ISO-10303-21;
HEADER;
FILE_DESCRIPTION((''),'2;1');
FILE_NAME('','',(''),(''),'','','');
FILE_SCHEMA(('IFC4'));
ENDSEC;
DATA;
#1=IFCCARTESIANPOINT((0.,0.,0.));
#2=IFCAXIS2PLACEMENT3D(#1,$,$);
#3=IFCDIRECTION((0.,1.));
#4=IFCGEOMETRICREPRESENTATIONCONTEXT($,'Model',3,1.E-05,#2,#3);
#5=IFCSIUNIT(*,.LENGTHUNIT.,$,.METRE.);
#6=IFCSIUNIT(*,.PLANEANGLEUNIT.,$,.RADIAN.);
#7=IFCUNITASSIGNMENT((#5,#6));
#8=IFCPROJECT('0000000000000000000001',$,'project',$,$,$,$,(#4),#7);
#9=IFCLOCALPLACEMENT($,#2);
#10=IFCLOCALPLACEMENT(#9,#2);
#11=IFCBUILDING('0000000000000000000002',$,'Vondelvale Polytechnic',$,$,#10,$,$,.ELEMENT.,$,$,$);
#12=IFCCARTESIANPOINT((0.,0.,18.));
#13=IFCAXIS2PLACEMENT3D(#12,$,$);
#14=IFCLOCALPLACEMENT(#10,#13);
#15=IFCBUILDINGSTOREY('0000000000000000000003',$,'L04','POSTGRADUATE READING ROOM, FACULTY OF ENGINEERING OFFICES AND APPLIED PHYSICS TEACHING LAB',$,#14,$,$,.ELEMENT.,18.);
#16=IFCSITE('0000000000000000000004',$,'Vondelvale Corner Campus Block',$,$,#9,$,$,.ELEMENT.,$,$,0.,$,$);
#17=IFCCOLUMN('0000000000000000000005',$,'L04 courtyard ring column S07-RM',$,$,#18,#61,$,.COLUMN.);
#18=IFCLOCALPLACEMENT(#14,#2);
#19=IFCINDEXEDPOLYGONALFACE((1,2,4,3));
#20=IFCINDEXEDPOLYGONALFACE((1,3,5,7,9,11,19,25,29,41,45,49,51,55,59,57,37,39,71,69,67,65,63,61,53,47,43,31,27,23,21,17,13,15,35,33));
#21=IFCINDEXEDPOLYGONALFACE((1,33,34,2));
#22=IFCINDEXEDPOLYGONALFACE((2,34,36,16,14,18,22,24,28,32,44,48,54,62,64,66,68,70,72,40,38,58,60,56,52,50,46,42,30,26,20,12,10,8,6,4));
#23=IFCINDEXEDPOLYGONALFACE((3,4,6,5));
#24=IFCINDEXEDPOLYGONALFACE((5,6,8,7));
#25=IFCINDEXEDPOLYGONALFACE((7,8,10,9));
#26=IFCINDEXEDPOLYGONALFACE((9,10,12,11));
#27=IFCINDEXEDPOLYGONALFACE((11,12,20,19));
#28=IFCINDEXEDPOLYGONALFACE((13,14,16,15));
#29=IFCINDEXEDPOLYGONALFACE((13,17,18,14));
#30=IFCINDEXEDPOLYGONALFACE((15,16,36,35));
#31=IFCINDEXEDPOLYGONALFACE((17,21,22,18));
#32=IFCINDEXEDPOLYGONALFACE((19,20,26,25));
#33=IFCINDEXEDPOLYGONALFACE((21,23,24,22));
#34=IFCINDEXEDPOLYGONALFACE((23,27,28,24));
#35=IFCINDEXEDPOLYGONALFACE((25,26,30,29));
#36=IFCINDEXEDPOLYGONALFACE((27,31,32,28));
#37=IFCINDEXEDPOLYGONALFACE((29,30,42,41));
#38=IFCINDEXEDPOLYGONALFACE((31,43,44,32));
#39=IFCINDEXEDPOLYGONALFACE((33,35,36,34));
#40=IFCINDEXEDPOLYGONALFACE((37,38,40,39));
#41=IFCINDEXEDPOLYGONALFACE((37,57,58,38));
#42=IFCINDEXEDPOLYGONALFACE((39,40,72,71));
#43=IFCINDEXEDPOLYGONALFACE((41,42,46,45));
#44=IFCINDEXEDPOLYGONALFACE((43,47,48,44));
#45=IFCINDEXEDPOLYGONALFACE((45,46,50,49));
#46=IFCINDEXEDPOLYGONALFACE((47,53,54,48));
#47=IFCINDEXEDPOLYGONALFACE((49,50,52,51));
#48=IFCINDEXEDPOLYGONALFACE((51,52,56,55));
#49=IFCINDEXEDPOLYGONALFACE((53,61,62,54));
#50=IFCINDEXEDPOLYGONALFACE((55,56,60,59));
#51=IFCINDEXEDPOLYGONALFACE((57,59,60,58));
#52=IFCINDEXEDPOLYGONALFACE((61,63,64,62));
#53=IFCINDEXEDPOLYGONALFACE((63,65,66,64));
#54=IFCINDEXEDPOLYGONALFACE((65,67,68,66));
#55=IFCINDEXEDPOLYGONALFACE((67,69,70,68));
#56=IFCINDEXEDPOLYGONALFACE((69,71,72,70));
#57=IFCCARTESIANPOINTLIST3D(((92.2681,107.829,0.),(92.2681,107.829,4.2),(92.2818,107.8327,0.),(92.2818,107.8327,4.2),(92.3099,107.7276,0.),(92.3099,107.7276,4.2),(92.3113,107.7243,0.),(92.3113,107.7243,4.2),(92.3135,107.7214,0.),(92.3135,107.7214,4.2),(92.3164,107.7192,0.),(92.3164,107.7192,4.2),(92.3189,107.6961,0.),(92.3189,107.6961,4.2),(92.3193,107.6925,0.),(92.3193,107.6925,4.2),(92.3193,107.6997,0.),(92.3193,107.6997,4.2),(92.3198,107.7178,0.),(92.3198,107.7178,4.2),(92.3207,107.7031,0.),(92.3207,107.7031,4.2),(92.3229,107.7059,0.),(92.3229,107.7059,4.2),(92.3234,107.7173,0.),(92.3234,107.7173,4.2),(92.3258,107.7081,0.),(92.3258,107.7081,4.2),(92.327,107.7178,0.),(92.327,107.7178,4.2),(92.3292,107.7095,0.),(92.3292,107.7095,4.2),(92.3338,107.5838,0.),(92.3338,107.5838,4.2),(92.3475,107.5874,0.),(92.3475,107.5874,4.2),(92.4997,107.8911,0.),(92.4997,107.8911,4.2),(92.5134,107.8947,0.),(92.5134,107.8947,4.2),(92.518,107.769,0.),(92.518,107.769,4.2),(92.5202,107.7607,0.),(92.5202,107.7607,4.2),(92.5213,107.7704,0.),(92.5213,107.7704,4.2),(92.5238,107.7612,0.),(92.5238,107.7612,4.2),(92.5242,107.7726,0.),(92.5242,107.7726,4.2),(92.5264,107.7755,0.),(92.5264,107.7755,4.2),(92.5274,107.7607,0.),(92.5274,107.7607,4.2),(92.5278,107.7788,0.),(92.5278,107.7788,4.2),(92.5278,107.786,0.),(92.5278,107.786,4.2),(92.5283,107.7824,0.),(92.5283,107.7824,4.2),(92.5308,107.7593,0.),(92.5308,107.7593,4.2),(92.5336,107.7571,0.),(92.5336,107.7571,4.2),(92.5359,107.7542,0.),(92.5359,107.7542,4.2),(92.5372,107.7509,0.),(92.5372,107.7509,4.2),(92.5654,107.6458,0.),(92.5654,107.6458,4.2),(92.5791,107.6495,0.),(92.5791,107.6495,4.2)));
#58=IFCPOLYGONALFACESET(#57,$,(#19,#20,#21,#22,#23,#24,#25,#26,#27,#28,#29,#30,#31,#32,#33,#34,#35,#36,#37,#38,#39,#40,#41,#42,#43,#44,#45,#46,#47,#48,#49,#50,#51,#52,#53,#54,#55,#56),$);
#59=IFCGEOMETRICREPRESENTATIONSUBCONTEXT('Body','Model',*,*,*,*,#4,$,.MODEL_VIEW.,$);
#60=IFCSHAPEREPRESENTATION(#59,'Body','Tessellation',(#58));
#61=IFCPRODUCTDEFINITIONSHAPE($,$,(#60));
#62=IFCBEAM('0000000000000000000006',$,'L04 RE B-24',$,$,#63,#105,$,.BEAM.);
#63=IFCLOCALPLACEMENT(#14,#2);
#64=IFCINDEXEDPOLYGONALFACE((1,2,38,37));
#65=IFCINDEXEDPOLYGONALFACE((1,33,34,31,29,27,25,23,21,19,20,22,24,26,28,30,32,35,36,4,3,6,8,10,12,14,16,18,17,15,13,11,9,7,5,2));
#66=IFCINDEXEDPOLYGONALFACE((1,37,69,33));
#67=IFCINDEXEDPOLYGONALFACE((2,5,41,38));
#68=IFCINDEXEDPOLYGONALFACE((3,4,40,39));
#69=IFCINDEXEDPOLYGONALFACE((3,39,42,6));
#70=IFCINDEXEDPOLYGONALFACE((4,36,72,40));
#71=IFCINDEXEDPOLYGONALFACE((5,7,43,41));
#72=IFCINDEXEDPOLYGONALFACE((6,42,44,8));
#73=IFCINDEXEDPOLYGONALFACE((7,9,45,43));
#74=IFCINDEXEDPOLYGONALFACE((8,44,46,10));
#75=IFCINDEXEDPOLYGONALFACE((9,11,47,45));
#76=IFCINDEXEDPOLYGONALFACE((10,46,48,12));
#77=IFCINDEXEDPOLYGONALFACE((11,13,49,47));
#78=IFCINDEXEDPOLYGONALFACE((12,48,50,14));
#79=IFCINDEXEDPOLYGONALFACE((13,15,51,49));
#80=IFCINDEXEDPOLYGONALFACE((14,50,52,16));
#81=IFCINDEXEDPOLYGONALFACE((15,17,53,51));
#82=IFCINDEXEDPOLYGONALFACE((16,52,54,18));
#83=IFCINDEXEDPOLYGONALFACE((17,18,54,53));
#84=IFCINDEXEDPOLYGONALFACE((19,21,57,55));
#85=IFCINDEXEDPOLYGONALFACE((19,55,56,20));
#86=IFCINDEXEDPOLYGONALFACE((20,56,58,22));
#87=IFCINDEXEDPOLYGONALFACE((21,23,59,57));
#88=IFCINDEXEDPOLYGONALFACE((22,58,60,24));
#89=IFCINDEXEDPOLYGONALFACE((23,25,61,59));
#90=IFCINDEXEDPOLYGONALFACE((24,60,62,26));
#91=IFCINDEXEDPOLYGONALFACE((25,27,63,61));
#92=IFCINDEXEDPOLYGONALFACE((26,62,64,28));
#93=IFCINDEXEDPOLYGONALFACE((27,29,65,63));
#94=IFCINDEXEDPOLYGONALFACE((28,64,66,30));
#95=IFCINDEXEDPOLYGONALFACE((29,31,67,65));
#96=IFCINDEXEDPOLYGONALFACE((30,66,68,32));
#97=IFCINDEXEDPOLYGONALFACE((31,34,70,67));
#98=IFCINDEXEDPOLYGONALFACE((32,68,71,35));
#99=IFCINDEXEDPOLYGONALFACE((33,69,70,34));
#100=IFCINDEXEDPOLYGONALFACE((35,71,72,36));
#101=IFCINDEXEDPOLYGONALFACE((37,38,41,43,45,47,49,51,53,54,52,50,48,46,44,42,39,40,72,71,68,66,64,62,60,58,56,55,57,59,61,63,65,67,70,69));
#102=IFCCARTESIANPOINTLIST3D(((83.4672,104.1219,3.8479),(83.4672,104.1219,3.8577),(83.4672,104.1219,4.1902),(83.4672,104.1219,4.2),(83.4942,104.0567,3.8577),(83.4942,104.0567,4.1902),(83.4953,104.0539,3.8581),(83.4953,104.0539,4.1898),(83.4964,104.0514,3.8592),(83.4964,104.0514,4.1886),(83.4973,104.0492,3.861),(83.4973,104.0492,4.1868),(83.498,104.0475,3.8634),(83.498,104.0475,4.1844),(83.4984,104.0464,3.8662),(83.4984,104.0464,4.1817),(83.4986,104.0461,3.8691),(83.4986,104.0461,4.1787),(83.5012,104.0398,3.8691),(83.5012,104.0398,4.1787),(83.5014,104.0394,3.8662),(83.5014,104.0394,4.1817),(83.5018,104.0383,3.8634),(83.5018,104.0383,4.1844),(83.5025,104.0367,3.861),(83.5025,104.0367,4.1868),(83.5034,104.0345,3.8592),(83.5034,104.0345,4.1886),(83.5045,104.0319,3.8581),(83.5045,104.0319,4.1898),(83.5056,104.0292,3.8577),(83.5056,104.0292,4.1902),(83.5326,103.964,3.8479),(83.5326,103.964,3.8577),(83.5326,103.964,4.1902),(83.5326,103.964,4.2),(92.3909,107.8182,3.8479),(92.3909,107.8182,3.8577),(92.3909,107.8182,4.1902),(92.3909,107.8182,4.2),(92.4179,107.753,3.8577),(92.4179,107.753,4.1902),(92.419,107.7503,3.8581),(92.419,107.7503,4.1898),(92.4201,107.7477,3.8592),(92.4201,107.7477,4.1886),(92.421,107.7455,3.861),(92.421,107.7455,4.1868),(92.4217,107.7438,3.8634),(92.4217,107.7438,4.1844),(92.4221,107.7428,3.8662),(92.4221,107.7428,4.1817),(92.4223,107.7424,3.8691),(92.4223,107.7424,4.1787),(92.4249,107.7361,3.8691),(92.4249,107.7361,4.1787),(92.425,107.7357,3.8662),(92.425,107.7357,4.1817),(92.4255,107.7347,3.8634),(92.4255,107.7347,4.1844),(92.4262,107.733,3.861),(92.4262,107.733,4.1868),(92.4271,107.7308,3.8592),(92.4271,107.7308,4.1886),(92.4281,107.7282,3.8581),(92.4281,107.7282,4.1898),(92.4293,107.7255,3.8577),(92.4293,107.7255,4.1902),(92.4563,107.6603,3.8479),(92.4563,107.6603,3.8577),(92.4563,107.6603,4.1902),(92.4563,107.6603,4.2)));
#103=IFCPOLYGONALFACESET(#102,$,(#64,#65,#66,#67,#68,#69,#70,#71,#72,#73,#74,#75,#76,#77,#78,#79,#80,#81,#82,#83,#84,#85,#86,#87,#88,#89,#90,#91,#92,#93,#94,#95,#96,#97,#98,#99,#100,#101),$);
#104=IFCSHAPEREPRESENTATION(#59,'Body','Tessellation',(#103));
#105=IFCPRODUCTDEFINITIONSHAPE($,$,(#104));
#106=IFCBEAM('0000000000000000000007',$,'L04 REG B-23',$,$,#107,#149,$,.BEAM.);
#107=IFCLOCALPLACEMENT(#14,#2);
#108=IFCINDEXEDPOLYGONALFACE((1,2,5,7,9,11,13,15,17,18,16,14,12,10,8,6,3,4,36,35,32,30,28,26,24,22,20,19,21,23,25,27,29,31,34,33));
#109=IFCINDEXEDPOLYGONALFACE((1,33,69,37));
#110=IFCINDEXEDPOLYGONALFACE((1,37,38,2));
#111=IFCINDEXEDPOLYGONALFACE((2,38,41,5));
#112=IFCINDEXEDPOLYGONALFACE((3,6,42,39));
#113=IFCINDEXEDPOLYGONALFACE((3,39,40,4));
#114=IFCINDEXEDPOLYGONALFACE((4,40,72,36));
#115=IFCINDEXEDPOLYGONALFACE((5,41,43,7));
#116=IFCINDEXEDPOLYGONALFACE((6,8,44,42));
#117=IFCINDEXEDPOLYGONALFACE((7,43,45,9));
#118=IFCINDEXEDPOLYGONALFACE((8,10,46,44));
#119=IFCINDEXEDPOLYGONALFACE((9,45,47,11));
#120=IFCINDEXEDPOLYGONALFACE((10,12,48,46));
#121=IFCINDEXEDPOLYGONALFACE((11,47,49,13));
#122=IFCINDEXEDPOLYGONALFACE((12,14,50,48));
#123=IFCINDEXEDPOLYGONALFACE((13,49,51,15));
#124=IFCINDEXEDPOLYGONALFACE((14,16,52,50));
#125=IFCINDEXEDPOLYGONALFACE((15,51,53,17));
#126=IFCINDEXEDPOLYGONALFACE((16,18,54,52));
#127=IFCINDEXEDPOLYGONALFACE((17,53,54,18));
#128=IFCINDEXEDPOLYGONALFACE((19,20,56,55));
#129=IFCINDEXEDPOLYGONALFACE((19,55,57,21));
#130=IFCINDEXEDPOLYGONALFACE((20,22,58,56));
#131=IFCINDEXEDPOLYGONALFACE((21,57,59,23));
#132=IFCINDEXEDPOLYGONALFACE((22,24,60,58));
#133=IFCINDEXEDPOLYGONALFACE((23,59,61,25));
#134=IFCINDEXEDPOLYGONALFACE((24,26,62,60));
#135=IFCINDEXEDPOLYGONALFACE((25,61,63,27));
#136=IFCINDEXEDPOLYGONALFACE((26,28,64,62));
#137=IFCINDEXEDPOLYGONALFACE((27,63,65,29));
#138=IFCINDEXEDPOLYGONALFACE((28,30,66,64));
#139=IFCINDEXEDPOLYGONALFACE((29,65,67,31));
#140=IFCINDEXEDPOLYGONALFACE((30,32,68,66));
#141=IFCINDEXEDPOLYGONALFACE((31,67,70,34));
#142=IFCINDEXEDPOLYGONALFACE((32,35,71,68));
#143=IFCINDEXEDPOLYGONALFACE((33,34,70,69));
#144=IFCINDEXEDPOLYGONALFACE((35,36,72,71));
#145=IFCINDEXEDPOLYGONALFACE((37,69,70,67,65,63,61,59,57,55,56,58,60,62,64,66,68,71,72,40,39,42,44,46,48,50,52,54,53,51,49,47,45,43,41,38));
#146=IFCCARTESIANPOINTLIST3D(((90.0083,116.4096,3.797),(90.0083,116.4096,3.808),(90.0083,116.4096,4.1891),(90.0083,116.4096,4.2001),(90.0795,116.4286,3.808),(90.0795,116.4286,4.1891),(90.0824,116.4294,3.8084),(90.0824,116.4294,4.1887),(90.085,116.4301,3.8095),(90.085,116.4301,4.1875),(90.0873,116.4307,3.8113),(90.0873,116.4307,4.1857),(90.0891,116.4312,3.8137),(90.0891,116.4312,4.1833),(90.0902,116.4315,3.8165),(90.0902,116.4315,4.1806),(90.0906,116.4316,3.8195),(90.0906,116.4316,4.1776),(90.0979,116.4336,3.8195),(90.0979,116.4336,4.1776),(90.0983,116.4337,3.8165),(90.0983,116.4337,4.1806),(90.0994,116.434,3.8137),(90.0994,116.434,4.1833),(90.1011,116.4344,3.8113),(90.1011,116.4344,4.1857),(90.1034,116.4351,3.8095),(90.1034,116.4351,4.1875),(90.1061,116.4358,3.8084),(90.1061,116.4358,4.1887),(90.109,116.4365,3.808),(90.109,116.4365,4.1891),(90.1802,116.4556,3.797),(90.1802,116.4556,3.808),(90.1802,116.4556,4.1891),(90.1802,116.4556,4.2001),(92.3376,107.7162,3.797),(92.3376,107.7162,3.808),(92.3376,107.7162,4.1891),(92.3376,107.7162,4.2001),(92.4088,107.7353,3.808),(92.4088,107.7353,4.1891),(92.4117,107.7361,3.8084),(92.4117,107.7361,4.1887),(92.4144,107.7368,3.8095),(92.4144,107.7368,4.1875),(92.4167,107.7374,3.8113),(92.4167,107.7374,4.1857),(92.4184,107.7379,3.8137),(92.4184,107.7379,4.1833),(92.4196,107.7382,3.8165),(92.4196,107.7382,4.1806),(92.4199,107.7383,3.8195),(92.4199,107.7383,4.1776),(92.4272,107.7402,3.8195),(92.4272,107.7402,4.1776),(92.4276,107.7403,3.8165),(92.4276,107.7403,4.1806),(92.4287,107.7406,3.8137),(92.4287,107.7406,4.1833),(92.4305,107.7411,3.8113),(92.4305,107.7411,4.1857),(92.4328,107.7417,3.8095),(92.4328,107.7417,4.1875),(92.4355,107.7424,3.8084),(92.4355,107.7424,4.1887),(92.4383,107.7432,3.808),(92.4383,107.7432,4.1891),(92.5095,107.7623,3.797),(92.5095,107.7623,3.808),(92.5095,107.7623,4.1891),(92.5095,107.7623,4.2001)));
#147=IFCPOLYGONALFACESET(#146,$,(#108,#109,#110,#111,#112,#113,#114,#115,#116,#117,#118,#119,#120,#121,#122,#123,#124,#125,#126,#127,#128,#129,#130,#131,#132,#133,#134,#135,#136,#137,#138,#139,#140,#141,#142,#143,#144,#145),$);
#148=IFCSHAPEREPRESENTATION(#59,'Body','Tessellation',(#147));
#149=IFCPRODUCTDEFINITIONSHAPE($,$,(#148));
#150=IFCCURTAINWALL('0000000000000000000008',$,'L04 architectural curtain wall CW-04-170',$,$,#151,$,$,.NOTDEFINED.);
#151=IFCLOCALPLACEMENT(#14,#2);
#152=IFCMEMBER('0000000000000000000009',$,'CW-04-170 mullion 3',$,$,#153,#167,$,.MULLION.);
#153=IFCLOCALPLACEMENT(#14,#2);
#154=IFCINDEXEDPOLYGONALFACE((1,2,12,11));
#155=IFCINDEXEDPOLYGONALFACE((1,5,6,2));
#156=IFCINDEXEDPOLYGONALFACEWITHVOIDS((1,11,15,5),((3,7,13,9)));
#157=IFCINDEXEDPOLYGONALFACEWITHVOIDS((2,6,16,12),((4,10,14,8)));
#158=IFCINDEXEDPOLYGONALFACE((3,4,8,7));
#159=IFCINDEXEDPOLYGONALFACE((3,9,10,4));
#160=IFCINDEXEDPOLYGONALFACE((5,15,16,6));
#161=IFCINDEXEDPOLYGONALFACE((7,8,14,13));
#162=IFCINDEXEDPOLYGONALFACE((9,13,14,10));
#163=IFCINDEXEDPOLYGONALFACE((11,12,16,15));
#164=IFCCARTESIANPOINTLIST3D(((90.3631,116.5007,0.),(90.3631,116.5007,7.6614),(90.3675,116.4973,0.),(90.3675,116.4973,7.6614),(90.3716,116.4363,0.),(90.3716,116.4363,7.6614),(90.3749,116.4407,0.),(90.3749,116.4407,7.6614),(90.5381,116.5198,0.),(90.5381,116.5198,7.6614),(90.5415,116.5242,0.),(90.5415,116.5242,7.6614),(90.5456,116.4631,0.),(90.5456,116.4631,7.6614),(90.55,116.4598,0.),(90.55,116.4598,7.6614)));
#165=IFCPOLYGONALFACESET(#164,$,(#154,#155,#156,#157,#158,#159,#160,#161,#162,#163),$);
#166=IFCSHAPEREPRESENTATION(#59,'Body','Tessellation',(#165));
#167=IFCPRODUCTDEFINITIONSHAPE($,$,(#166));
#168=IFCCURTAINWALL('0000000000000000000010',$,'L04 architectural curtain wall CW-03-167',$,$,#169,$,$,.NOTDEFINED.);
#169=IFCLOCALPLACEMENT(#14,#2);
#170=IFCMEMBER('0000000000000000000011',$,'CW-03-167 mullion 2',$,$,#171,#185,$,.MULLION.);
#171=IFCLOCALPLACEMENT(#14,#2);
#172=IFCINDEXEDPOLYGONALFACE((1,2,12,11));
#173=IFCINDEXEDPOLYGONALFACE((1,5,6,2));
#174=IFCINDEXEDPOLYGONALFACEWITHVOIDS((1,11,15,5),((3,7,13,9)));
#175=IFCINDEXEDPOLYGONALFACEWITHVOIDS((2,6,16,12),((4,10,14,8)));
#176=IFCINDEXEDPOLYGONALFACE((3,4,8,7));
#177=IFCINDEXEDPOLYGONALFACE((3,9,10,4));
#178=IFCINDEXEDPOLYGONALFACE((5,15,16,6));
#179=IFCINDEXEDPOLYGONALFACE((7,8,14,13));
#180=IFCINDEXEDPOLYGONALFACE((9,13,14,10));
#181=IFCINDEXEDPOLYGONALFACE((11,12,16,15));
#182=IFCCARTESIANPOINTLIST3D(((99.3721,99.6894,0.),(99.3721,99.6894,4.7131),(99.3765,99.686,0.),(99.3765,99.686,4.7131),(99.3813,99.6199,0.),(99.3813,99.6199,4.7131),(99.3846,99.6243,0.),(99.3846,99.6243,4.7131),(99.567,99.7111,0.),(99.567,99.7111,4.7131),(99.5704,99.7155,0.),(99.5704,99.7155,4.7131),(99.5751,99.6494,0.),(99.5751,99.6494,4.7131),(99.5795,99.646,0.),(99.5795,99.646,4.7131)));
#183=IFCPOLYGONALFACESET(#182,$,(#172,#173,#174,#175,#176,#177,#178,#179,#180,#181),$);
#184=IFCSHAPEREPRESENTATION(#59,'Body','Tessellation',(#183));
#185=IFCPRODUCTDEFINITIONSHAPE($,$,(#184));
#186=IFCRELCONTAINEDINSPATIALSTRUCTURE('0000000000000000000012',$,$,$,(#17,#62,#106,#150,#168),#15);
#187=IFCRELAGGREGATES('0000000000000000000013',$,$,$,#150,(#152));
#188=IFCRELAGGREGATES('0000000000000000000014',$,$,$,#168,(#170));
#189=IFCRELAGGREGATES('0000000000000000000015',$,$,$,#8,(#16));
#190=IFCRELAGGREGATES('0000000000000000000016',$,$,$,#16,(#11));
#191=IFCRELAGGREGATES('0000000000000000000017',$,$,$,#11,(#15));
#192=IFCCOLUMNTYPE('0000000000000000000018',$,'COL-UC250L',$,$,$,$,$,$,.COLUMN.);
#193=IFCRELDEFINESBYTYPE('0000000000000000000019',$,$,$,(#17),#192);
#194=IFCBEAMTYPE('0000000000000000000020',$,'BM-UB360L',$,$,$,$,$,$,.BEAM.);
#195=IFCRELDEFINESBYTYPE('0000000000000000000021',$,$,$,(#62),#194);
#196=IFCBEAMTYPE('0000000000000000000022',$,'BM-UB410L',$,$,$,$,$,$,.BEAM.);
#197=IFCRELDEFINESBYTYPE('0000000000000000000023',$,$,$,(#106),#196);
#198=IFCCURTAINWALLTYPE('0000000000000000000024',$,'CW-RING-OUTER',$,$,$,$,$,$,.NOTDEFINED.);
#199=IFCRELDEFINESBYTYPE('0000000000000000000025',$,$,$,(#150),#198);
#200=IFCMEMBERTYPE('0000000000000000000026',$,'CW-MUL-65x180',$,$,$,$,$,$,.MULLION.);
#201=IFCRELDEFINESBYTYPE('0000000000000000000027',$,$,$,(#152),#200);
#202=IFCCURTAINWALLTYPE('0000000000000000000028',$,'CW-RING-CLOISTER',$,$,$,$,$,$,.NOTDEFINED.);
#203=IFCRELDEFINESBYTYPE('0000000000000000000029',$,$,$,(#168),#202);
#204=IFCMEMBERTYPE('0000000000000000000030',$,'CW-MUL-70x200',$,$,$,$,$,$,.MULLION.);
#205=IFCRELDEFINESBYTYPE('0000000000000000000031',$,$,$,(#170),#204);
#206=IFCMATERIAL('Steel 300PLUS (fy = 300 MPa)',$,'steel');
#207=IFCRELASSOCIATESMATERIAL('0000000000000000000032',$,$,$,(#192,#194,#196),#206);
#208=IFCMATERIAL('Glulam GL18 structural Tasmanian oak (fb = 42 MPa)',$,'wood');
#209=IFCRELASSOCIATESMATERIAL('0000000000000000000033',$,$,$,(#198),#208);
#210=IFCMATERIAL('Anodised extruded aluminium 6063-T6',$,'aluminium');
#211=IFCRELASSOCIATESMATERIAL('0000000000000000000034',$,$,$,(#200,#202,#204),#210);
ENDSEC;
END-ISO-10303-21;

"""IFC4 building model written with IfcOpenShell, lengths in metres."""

from ifc_helpers import new_model, si_unit, direction, frame, origin, origin_2d, place, context, subcontext, project, spatial, hollow_rectangle, i_section, extrude, material, material_profile, profile_set, type_object, element, aggregate, save


model = new_model("IFC4")

# Units and contexts
model_context = context("Model", 3, precision=1e-05, world=origin(), true_north=direction((0.0, 1.0)))
body_context = subcontext(model_context, "Body", "Model", "MODEL_VIEW")
ifc_project = project(units=[si_unit("LENGTHUNIT", "METRE"), si_unit("PLANEANGLEUNIT", "RADIAN")], contexts=[model_context])

# Site, building, storey
site_placement = place(None, origin())
site = spatial("IfcSite", under=ifc_project, at=site_placement, Name="Vondelvale Corner Campus Block", CompositionType="ELEMENT", RefElevation=0.0)
building_placement = place(site_placement, origin())
building = spatial("IfcBuilding", under=site, at=building_placement, Name="Vondelvale Polytechnic", CompositionType="ELEMENT")
storey_placement = place(building_placement, frame((0.0, 0.0, 18.0)))
storey = spatial("IfcBuildingStorey", under=building, at=storey_placement, Name="L04", Description="POSTGRADUATE READING ROOM, FACULTY OF ENGINEERING OFFICES AND APPLIED PHYSICS TEACHING LAB", CompositionType="ELEMENT", Elevation=18.0)

# Column
ifc_material_1 = material(Name="Steel 300PLUS (fy = 300 MPa)", Category="steel")
ifc_material_profile_1 = material_profile(ifc_material_1, i_section(OverallWidth=0.2539, OverallDepth=0.2539, WebThickness=0.0085, FlangeThickness=0.0142, FilletRadius=0.0139, at=origin_2d()), Name="250UC72.9")
ifc_profile_set_1 = profile_set([ifc_material_profile_1], Name="Steel 300PLUS (fy = 300 MPa)")
column_type = type_object("IfcColumnType", Name="COL-UC250L", PredefinedType="COLUMN", material=ifc_profile_set_1)
column_placement = place(storey_placement, frame((92.4236, 107.7393, 0.0), z_axis=(0.0, 0.0, 1.0), x_axis=(-0.258819, 0.965926, 0.0)))
element("IfcColumn", 1, at=column_placement, inside=storey, type_object=column_type, Name="L04 courtyard ring column S07-RM", PredefinedType="COLUMN", context=body_context, shape_type="SweptSolid", body=[
    extrude(i_section(OverallWidth=0.2539, OverallDepth=0.2539, WebThickness=0.0085, FlangeThickness=0.0142, FilletRadius=0.0139, at=origin_2d()), origin(), (0.0, 0.0, 1.0), 4.2),
])

# Beams
ifc_material_profile_2 = material_profile(ifc_material_1, i_section(OverallWidth=0.1709, OverallDepth=0.3521, WebThickness=0.0068, FlangeThickness=0.0098, FilletRadius=0.0115, at=origin_2d()), Name="360UB44.7")
ifc_profile_set_2 = profile_set([ifc_material_profile_2], Name="Steel 300PLUS (fy = 300 MPa)")
beam_type_1 = type_object("IfcBeamType", Name="BM-UB360L", PredefinedType="BEAM", material=ifc_profile_set_2)
beam_1_placement = place(storey_placement, frame((92.4236, 107.7393, 4.0239), z_axis=(-0.923879, -0.382685, 0.0), x_axis=(0.382685, -0.923879, 0.0)))
element("IfcBeam", 2, at=beam_1_placement, inside=storey, type_object=beam_type_1, Name="L04 RE B-24", PredefinedType="BEAM", context=body_context, shape_type="SweptSolid", body=[
    extrude(i_section(OverallWidth=0.1709, OverallDepth=0.3521, WebThickness=0.0068, FlangeThickness=0.0098, FilletRadius=0.0115, at=origin_2d()), origin(), (0.0, 0.0, 1.0), 9.6589),
])
ifc_material_profile_3 = material_profile(ifc_material_1, i_section(OverallWidth=0.178, OverallDepth=0.4031, WebThickness=0.0076, FlangeThickness=0.011, FilletRadius=0.0115, at=origin_2d()), Name="410UB53.7")
ifc_profile_set_3 = profile_set([ifc_material_profile_3], Name="Steel 300PLUS (fy = 300 MPa)")
beam_type_2 = type_object("IfcBeamType", Name="BM-UB410L", PredefinedType="BEAM", material=ifc_profile_set_3)
beam_2_placement = place(storey_placement, frame((92.4236, 107.7393, 3.9985), z_axis=(-0.258816, 0.965927, 0.0), x_axis=(-0.965927, -0.258816, 0.0)))
element("IfcBeam", 3, at=beam_2_placement, inside=storey, type_object=beam_type_2, Name="L04 REG B-23", PredefinedType="BEAM", context=body_context, shape_type="SweptSolid", body=[
    extrude(i_section(OverallWidth=0.178, OverallDepth=0.4031, WebThickness=0.0076, FlangeThickness=0.011, FilletRadius=0.0115, at=origin_2d()), origin(), (0.0, 0.0, 1.0), 9.0),
])

# Curtain wall, member
ifc_material_2 = material(Name="Glulam GL18 structural Tasmanian oak (fb = 42 MPa)", Category="wood")
curtain_wall_type_1 = type_object("IfcCurtainWallType", Name="CW-RING-OUTER", PredefinedType="NOTDEFINED", material=ifc_material_2)
curtain_wall_1_placement = place(storey_placement, origin())
curtain_wall_1 = element("IfcCurtainWall", 4, at=curtain_wall_1_placement, inside=storey, type_object=curtain_wall_type_1, Name="L04 architectural curtain wall CW-04-170", PredefinedType="NOTDEFINED")
ifc_material_3 = material(Name="Anodised extruded aluminium 6063-T6", Category="aluminium")
ifc_material_profile_4 = material_profile(ifc_material_3, hollow_rectangle(XDim=0.0649, YDim=0.1799, WallThickness=0.0039, at=origin_2d()), Name="CW-MUL-180x65")
ifc_profile_set_4 = profile_set([ifc_material_profile_4], Name="Anodised extruded aluminium 6063-T6")
member_type_1 = type_object("IfcMemberType", Name="CW-MUL-65x180", PredefinedType="MULLION", material=ifc_profile_set_4)
member_1_placement = place(storey_placement, frame((90.4565, 116.4802, 0.0), z_axis=(0.0, 0.0, 1.0), x_axis=(0.13054, -0.991443, 0.0)))
member_1 = element("IfcMember", 5, at=member_1_placement, type_object=member_type_1, Name="CW-04-170 mullion 3", PredefinedType="MULLION", context=body_context, shape_type="SweptSolid", body=[
    extrude(hollow_rectangle(XDim=0.0649, YDim=0.1799, WallThickness=0.0039, at=origin_2d()), origin(), (0.0, 0.0, 1.0), 7.6614),
])
aggregate(curtain_wall_1, [member_1])

# Curtain wall, member
curtain_wall_type_2 = type_object("IfcCurtainWallType", Name="CW-RING-CLOISTER", PredefinedType="NOTDEFINED", material=ifc_material_3)
curtain_wall_2_placement = place(storey_placement, origin())
curtain_wall_2 = element("IfcCurtainWall", 6, at=curtain_wall_2_placement, inside=storey, type_object=curtain_wall_type_2, Name="L04 architectural curtain wall CW-03-167", PredefinedType="NOTDEFINED")
ifc_material_profile_5 = material_profile(ifc_material_3, hollow_rectangle(XDim=0.0701, YDim=0.2, WallThickness=0.0039, at=origin_2d()), Name="CW-MUL-200x70")
ifc_profile_set_5 = profile_set([ifc_material_profile_5], Name="Anodised extruded aluminium 6063-T6")
member_type_2 = type_object("IfcMemberType", Name="CW-MUL-70x200", PredefinedType="MULLION", material=ifc_profile_set_5)
member_2_placement = place(storey_placement, frame((99.4758, 99.6677, 0.0), z_axis=(0.0, 0.0, 1.0), x_axis=(0.130528, -0.991445, 0.0)))
member_2 = element("IfcMember", 7, at=member_2_placement, type_object=member_type_2, Name="CW-03-167 mullion 2", PredefinedType="MULLION", context=body_context, shape_type="SweptSolid", body=[
    extrude(hollow_rectangle(XDim=0.0701, YDim=0.2, WallThickness=0.0039, at=origin_2d()), origin(), (0.0, 0.0, 1.0), 4.7131),
])
aggregate(curtain_wall_2, [member_2])

save(model, "model.ifc")
